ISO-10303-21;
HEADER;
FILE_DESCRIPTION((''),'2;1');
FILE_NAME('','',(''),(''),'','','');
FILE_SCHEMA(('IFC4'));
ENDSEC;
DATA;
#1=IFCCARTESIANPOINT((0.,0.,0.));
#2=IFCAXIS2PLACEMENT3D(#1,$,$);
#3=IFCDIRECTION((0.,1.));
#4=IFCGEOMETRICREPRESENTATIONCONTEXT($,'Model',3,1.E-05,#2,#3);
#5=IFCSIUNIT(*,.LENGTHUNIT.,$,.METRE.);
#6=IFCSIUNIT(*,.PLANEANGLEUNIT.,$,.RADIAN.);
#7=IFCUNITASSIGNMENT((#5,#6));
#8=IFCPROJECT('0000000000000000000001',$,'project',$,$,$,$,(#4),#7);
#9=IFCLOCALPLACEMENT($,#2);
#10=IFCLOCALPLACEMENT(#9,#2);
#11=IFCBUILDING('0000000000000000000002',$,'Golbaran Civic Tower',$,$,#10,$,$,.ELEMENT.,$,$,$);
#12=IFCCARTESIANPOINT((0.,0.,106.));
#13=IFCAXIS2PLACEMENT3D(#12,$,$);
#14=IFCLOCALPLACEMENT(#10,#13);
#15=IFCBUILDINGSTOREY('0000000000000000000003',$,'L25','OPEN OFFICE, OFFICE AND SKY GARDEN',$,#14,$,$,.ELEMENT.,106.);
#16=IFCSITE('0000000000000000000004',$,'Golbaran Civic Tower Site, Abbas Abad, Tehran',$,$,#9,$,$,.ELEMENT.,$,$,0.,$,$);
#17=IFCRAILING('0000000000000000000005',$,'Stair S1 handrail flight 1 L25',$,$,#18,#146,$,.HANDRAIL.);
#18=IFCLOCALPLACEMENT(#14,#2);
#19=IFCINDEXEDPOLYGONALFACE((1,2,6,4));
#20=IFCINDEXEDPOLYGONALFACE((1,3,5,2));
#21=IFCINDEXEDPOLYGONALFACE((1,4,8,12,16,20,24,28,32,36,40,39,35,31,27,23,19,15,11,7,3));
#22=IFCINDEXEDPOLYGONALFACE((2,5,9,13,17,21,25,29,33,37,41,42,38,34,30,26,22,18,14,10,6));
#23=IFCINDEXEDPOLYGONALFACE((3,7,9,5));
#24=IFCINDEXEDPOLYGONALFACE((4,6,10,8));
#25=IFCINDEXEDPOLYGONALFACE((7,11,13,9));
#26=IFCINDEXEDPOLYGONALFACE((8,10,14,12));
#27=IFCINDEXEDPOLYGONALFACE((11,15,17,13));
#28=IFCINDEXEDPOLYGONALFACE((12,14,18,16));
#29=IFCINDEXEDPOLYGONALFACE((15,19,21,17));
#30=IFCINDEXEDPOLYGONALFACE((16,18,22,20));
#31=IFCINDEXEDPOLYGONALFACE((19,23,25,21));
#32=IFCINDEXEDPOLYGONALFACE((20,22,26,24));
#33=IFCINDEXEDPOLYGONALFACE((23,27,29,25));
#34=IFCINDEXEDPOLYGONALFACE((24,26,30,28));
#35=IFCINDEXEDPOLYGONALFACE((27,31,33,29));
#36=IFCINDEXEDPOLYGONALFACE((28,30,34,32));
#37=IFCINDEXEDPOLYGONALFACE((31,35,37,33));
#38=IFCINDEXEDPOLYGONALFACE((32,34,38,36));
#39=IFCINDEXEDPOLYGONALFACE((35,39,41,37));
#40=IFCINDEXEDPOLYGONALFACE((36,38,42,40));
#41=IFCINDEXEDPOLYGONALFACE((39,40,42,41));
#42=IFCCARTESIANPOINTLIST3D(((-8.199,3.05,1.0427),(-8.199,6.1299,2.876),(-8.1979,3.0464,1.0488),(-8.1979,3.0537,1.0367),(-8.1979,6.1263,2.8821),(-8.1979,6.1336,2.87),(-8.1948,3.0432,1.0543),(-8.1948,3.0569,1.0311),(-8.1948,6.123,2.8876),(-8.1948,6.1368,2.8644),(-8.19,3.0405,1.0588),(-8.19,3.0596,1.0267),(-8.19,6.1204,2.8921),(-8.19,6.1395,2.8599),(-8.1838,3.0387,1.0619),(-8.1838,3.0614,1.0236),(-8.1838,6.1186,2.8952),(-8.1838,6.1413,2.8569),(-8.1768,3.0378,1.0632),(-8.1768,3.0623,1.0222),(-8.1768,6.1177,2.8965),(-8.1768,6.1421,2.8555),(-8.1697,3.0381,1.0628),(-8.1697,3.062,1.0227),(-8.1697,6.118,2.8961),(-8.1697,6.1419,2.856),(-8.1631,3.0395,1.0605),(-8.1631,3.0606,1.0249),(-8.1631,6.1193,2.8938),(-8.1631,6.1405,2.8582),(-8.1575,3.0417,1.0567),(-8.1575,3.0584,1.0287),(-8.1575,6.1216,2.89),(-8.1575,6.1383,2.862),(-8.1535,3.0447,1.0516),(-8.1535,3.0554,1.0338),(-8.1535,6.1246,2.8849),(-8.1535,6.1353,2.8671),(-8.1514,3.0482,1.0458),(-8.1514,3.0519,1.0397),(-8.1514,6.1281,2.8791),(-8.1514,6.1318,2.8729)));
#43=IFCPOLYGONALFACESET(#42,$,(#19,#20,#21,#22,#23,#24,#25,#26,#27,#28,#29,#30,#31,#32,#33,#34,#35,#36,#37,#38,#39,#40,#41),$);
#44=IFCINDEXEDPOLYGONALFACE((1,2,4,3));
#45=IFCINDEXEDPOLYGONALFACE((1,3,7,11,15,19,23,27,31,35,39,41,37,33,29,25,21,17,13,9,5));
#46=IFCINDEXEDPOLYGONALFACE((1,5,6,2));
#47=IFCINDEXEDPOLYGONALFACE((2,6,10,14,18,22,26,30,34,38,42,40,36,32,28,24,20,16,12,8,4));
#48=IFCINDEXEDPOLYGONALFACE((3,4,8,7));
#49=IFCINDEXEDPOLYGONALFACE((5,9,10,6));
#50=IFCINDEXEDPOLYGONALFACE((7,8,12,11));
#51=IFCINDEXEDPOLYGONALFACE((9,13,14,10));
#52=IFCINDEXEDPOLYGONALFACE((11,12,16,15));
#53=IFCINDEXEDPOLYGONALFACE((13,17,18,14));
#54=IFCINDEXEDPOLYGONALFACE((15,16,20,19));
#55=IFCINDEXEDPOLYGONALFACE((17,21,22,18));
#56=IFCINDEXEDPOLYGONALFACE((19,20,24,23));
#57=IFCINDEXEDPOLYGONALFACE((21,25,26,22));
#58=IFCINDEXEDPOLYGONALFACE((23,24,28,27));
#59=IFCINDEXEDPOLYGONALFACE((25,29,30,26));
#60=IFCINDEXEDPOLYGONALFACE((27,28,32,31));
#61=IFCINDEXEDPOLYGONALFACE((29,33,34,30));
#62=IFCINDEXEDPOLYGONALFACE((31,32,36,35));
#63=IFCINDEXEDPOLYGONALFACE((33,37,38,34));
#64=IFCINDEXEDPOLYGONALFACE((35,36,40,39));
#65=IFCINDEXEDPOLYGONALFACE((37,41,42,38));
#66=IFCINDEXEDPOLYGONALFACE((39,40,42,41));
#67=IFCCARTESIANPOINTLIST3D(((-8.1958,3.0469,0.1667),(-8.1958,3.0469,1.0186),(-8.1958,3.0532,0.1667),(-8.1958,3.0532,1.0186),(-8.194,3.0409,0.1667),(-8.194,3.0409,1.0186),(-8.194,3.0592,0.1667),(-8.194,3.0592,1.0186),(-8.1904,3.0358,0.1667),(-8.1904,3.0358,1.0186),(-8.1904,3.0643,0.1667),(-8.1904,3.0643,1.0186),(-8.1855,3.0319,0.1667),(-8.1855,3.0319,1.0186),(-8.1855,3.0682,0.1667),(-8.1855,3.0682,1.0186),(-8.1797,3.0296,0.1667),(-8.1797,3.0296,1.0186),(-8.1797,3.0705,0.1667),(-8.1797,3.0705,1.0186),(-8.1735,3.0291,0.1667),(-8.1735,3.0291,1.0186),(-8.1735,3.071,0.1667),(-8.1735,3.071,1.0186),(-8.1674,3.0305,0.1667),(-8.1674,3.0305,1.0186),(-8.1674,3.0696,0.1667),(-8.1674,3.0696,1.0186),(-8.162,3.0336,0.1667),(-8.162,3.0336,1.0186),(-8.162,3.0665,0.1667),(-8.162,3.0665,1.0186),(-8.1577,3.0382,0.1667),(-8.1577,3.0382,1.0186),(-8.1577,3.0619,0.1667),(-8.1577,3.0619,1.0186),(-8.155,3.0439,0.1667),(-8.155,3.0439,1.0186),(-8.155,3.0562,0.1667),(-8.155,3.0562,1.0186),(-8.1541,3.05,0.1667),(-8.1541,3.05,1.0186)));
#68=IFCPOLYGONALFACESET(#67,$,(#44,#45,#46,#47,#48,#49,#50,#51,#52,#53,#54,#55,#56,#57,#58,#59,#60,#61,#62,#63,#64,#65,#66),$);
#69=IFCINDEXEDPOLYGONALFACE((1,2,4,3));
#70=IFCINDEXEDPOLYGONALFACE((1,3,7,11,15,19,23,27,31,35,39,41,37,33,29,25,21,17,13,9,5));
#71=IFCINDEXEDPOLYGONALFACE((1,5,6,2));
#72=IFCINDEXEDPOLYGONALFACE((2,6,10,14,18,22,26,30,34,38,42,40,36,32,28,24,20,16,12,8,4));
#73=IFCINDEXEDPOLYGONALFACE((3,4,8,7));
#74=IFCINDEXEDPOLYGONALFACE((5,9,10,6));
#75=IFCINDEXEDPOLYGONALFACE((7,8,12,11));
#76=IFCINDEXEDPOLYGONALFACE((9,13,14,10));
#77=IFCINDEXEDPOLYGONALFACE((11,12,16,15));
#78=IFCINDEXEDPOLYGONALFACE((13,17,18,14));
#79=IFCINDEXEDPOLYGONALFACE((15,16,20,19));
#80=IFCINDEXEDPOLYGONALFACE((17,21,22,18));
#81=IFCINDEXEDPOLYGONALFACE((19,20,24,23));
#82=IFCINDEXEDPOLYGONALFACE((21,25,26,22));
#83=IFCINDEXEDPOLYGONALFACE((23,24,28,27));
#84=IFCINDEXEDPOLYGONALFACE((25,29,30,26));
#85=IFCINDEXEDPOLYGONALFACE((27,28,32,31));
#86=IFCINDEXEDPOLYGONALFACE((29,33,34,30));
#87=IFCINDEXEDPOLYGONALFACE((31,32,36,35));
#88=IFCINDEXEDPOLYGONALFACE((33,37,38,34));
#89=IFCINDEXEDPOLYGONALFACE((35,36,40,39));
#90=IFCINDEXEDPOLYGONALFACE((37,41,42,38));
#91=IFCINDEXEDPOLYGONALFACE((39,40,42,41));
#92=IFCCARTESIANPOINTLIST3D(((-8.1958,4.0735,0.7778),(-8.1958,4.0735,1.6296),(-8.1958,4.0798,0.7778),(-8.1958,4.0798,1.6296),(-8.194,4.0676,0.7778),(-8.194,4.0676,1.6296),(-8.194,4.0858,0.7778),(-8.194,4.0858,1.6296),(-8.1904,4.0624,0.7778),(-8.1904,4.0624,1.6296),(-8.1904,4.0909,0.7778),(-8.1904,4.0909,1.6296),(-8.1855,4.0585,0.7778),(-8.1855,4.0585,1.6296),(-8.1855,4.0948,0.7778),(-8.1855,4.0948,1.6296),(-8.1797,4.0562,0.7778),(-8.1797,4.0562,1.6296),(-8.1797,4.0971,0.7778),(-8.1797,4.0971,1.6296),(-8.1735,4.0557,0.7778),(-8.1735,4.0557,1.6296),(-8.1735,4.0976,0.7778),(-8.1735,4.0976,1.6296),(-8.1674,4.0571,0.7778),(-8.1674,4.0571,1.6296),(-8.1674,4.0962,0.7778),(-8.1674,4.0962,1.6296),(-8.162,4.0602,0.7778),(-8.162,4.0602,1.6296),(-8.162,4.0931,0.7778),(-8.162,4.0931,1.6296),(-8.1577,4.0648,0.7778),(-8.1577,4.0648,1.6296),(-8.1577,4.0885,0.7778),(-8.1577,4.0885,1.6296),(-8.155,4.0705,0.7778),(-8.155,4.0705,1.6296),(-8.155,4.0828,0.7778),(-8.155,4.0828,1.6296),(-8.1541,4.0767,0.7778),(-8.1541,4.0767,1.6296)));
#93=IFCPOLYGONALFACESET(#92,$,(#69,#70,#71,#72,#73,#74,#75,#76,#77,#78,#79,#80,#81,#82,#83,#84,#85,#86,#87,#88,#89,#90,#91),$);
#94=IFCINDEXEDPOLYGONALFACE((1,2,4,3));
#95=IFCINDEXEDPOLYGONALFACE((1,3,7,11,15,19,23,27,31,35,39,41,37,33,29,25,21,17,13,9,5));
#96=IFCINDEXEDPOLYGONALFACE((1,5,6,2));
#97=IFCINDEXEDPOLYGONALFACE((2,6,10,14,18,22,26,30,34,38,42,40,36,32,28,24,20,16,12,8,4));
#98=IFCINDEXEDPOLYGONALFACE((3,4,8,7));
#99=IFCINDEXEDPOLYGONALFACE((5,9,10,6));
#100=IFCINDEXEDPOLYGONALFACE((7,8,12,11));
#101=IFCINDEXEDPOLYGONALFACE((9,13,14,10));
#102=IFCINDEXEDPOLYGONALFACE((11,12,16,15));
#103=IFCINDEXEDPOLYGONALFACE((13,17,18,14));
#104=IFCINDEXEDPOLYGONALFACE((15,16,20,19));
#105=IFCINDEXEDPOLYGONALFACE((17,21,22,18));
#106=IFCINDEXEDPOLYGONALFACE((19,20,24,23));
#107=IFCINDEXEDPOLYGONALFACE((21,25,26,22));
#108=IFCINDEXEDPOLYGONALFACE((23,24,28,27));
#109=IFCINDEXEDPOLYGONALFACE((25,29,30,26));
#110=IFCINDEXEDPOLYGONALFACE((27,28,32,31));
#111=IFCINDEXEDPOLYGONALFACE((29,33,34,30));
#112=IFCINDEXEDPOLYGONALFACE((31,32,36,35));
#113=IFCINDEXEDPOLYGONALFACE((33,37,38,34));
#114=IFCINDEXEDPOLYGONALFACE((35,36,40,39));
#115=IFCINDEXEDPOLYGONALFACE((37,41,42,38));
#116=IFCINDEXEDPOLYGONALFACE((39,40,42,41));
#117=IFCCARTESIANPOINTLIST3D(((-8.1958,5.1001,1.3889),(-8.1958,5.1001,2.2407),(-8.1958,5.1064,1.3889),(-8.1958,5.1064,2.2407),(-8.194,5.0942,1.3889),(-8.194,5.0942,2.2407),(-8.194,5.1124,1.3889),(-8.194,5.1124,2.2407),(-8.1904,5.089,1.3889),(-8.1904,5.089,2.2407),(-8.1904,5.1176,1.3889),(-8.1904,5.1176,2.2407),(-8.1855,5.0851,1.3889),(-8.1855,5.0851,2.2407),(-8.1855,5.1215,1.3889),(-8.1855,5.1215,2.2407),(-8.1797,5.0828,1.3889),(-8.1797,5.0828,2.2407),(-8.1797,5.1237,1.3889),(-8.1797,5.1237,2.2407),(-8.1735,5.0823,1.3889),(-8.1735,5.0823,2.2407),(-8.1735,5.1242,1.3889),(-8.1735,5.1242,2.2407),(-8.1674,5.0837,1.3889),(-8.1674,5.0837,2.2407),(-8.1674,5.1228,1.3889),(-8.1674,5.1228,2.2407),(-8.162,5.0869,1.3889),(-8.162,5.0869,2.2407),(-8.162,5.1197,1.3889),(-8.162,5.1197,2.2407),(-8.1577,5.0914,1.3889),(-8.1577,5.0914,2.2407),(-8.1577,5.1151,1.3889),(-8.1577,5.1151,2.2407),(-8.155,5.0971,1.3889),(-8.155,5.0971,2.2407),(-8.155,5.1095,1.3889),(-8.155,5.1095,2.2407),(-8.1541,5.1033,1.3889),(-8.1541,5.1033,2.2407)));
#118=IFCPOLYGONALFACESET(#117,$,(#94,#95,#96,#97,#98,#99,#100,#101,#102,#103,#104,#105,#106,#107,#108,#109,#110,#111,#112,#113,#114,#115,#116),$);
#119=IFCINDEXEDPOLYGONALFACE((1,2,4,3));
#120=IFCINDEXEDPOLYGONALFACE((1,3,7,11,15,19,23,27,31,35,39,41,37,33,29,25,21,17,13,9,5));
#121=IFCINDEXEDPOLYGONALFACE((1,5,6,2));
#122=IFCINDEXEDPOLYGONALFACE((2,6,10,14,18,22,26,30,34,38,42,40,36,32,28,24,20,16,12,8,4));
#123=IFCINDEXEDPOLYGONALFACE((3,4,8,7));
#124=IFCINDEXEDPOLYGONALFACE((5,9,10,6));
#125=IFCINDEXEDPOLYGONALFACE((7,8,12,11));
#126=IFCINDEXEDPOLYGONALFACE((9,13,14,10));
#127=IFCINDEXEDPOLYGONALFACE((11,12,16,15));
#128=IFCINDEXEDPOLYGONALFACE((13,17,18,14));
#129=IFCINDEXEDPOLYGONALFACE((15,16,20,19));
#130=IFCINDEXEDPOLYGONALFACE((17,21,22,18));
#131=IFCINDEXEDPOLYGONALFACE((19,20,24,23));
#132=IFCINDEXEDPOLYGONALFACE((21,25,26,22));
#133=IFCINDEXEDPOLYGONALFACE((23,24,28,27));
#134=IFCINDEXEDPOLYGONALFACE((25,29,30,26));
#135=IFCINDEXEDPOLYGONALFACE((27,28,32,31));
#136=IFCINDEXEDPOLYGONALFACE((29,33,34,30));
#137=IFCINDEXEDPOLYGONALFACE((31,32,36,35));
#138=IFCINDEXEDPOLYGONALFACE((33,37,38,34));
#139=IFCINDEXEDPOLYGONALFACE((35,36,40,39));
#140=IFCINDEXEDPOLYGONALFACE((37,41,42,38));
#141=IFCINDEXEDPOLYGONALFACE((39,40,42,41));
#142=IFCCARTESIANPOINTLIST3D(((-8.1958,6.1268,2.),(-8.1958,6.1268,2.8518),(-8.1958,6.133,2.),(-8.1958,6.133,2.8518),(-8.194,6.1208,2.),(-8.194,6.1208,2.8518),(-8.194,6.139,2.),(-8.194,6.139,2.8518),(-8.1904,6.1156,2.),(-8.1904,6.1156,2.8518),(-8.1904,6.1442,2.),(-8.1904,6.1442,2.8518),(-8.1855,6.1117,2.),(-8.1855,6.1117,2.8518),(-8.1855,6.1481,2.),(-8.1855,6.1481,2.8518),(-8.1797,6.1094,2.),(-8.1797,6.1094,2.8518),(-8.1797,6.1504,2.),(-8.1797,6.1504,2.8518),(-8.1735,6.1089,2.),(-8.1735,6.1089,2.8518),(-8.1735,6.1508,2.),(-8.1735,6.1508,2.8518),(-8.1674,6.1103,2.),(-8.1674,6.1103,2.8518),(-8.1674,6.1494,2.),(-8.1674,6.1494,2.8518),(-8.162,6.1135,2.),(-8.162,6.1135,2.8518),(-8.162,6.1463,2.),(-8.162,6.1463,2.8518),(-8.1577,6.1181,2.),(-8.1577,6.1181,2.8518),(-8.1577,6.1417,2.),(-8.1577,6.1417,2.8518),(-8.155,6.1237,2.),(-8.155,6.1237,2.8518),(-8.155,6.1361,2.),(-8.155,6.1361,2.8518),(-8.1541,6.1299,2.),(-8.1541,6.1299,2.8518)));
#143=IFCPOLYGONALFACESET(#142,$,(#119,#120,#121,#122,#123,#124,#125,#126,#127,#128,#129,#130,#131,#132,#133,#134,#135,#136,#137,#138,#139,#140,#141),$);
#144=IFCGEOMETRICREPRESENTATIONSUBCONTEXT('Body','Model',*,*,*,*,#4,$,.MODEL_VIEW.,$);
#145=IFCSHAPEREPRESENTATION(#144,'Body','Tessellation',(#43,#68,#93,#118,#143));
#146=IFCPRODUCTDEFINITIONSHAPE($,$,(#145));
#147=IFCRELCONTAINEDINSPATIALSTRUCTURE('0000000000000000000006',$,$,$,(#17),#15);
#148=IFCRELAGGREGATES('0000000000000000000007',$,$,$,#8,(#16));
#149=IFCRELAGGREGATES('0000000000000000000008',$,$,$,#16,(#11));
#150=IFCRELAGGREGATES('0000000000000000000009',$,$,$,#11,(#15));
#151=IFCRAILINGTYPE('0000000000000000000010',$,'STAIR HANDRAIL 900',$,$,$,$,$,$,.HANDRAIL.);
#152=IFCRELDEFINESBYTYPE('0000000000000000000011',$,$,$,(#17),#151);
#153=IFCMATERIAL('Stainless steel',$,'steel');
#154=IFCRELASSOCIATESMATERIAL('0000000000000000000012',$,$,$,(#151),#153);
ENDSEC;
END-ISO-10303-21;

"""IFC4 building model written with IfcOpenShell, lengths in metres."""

from ifc_helpers import new_model, si_unit, direction, frame, origin, origin_2d, place, context, subcontext, project, spatial, circle, extrude, material, type_object, element, save


model = new_model("IFC4")

# Units and contexts
model_context = context("Model", 3, precision=1e-05, world=origin(), true_north=direction((0.0, 1.0)))
body_context = subcontext(model_context, "Body", "Model", "MODEL_VIEW")
ifc_project = project(units=[si_unit("LENGTHUNIT", "METRE"), si_unit("PLANEANGLEUNIT", "RADIAN")], contexts=[model_context])

# Site, building, storey
site_placement = place(None, origin())
site = spatial("IfcSite", under=ifc_project, at=site_placement, Name="Golbaran Civic Tower Site, Abbas Abad, Tehran", CompositionType="ELEMENT", RefElevation=0.0)
building_placement = place(site_placement, origin())
building = spatial("IfcBuilding", under=site, at=building_placement, Name="Golbaran Civic Tower", CompositionType="ELEMENT")
storey_placement = place(building_placement, frame((0.0, 0.0, 106.0)))
storey = spatial("IfcBuildingStorey", under=building, at=storey_placement, Name="L25", Description="OPEN OFFICE, OFFICE AND SKY GARDEN", CompositionType="ELEMENT", Elevation=106.0)

# Shared definitions
ifc_material_1 = material(Name="Stainless steel", Category="steel")

# Railing
railing_type = type_object("IfcRailingType", Name="STAIR HANDRAIL 900", PredefinedType="HANDRAIL", material=ifc_material_1)
railing_1_placement = place(storey_placement, frame((-8.175, 3.05, 0.1667)))
element("IfcRailing", 1, at=railing_1_placement, inside=storey, type_object=railing_type, Name="Stair S1 handrail flight 1 L25", PredefinedType="HANDRAIL", context=body_context, shape_type="SweptSolid", body=[
    extrude(circle(Radius=0.0239, at=origin_2d()), frame((0.0, 0.0, 0.876), z_axis=(0.0, 0.859291, 0.511487), x_axis=(-1.0, 0.0, 0.0)), (0.0, 0.0, 1.0), 3.5842),
    extrude(circle(Radius=0.021, at=origin_2d()), origin(), (0.0, 0.0, 1.0), 0.8518),
    extrude(circle(Radius=0.021, at=origin_2d()), frame((0.0, 1.0266, 0.6111)), (0.0, 0.0, 1.0), 0.8518),
    extrude(circle(Radius=0.021, at=origin_2d()), frame((0.0, 2.0532, 1.2222)), (0.0, 0.0, 1.0), 0.8518),
    extrude(circle(Radius=0.021, at=origin_2d()), frame((0.0, 3.0798, 1.8333)), (0.0, 0.0, 1.0), 0.8518),
])

save(model, "model.ifc")
